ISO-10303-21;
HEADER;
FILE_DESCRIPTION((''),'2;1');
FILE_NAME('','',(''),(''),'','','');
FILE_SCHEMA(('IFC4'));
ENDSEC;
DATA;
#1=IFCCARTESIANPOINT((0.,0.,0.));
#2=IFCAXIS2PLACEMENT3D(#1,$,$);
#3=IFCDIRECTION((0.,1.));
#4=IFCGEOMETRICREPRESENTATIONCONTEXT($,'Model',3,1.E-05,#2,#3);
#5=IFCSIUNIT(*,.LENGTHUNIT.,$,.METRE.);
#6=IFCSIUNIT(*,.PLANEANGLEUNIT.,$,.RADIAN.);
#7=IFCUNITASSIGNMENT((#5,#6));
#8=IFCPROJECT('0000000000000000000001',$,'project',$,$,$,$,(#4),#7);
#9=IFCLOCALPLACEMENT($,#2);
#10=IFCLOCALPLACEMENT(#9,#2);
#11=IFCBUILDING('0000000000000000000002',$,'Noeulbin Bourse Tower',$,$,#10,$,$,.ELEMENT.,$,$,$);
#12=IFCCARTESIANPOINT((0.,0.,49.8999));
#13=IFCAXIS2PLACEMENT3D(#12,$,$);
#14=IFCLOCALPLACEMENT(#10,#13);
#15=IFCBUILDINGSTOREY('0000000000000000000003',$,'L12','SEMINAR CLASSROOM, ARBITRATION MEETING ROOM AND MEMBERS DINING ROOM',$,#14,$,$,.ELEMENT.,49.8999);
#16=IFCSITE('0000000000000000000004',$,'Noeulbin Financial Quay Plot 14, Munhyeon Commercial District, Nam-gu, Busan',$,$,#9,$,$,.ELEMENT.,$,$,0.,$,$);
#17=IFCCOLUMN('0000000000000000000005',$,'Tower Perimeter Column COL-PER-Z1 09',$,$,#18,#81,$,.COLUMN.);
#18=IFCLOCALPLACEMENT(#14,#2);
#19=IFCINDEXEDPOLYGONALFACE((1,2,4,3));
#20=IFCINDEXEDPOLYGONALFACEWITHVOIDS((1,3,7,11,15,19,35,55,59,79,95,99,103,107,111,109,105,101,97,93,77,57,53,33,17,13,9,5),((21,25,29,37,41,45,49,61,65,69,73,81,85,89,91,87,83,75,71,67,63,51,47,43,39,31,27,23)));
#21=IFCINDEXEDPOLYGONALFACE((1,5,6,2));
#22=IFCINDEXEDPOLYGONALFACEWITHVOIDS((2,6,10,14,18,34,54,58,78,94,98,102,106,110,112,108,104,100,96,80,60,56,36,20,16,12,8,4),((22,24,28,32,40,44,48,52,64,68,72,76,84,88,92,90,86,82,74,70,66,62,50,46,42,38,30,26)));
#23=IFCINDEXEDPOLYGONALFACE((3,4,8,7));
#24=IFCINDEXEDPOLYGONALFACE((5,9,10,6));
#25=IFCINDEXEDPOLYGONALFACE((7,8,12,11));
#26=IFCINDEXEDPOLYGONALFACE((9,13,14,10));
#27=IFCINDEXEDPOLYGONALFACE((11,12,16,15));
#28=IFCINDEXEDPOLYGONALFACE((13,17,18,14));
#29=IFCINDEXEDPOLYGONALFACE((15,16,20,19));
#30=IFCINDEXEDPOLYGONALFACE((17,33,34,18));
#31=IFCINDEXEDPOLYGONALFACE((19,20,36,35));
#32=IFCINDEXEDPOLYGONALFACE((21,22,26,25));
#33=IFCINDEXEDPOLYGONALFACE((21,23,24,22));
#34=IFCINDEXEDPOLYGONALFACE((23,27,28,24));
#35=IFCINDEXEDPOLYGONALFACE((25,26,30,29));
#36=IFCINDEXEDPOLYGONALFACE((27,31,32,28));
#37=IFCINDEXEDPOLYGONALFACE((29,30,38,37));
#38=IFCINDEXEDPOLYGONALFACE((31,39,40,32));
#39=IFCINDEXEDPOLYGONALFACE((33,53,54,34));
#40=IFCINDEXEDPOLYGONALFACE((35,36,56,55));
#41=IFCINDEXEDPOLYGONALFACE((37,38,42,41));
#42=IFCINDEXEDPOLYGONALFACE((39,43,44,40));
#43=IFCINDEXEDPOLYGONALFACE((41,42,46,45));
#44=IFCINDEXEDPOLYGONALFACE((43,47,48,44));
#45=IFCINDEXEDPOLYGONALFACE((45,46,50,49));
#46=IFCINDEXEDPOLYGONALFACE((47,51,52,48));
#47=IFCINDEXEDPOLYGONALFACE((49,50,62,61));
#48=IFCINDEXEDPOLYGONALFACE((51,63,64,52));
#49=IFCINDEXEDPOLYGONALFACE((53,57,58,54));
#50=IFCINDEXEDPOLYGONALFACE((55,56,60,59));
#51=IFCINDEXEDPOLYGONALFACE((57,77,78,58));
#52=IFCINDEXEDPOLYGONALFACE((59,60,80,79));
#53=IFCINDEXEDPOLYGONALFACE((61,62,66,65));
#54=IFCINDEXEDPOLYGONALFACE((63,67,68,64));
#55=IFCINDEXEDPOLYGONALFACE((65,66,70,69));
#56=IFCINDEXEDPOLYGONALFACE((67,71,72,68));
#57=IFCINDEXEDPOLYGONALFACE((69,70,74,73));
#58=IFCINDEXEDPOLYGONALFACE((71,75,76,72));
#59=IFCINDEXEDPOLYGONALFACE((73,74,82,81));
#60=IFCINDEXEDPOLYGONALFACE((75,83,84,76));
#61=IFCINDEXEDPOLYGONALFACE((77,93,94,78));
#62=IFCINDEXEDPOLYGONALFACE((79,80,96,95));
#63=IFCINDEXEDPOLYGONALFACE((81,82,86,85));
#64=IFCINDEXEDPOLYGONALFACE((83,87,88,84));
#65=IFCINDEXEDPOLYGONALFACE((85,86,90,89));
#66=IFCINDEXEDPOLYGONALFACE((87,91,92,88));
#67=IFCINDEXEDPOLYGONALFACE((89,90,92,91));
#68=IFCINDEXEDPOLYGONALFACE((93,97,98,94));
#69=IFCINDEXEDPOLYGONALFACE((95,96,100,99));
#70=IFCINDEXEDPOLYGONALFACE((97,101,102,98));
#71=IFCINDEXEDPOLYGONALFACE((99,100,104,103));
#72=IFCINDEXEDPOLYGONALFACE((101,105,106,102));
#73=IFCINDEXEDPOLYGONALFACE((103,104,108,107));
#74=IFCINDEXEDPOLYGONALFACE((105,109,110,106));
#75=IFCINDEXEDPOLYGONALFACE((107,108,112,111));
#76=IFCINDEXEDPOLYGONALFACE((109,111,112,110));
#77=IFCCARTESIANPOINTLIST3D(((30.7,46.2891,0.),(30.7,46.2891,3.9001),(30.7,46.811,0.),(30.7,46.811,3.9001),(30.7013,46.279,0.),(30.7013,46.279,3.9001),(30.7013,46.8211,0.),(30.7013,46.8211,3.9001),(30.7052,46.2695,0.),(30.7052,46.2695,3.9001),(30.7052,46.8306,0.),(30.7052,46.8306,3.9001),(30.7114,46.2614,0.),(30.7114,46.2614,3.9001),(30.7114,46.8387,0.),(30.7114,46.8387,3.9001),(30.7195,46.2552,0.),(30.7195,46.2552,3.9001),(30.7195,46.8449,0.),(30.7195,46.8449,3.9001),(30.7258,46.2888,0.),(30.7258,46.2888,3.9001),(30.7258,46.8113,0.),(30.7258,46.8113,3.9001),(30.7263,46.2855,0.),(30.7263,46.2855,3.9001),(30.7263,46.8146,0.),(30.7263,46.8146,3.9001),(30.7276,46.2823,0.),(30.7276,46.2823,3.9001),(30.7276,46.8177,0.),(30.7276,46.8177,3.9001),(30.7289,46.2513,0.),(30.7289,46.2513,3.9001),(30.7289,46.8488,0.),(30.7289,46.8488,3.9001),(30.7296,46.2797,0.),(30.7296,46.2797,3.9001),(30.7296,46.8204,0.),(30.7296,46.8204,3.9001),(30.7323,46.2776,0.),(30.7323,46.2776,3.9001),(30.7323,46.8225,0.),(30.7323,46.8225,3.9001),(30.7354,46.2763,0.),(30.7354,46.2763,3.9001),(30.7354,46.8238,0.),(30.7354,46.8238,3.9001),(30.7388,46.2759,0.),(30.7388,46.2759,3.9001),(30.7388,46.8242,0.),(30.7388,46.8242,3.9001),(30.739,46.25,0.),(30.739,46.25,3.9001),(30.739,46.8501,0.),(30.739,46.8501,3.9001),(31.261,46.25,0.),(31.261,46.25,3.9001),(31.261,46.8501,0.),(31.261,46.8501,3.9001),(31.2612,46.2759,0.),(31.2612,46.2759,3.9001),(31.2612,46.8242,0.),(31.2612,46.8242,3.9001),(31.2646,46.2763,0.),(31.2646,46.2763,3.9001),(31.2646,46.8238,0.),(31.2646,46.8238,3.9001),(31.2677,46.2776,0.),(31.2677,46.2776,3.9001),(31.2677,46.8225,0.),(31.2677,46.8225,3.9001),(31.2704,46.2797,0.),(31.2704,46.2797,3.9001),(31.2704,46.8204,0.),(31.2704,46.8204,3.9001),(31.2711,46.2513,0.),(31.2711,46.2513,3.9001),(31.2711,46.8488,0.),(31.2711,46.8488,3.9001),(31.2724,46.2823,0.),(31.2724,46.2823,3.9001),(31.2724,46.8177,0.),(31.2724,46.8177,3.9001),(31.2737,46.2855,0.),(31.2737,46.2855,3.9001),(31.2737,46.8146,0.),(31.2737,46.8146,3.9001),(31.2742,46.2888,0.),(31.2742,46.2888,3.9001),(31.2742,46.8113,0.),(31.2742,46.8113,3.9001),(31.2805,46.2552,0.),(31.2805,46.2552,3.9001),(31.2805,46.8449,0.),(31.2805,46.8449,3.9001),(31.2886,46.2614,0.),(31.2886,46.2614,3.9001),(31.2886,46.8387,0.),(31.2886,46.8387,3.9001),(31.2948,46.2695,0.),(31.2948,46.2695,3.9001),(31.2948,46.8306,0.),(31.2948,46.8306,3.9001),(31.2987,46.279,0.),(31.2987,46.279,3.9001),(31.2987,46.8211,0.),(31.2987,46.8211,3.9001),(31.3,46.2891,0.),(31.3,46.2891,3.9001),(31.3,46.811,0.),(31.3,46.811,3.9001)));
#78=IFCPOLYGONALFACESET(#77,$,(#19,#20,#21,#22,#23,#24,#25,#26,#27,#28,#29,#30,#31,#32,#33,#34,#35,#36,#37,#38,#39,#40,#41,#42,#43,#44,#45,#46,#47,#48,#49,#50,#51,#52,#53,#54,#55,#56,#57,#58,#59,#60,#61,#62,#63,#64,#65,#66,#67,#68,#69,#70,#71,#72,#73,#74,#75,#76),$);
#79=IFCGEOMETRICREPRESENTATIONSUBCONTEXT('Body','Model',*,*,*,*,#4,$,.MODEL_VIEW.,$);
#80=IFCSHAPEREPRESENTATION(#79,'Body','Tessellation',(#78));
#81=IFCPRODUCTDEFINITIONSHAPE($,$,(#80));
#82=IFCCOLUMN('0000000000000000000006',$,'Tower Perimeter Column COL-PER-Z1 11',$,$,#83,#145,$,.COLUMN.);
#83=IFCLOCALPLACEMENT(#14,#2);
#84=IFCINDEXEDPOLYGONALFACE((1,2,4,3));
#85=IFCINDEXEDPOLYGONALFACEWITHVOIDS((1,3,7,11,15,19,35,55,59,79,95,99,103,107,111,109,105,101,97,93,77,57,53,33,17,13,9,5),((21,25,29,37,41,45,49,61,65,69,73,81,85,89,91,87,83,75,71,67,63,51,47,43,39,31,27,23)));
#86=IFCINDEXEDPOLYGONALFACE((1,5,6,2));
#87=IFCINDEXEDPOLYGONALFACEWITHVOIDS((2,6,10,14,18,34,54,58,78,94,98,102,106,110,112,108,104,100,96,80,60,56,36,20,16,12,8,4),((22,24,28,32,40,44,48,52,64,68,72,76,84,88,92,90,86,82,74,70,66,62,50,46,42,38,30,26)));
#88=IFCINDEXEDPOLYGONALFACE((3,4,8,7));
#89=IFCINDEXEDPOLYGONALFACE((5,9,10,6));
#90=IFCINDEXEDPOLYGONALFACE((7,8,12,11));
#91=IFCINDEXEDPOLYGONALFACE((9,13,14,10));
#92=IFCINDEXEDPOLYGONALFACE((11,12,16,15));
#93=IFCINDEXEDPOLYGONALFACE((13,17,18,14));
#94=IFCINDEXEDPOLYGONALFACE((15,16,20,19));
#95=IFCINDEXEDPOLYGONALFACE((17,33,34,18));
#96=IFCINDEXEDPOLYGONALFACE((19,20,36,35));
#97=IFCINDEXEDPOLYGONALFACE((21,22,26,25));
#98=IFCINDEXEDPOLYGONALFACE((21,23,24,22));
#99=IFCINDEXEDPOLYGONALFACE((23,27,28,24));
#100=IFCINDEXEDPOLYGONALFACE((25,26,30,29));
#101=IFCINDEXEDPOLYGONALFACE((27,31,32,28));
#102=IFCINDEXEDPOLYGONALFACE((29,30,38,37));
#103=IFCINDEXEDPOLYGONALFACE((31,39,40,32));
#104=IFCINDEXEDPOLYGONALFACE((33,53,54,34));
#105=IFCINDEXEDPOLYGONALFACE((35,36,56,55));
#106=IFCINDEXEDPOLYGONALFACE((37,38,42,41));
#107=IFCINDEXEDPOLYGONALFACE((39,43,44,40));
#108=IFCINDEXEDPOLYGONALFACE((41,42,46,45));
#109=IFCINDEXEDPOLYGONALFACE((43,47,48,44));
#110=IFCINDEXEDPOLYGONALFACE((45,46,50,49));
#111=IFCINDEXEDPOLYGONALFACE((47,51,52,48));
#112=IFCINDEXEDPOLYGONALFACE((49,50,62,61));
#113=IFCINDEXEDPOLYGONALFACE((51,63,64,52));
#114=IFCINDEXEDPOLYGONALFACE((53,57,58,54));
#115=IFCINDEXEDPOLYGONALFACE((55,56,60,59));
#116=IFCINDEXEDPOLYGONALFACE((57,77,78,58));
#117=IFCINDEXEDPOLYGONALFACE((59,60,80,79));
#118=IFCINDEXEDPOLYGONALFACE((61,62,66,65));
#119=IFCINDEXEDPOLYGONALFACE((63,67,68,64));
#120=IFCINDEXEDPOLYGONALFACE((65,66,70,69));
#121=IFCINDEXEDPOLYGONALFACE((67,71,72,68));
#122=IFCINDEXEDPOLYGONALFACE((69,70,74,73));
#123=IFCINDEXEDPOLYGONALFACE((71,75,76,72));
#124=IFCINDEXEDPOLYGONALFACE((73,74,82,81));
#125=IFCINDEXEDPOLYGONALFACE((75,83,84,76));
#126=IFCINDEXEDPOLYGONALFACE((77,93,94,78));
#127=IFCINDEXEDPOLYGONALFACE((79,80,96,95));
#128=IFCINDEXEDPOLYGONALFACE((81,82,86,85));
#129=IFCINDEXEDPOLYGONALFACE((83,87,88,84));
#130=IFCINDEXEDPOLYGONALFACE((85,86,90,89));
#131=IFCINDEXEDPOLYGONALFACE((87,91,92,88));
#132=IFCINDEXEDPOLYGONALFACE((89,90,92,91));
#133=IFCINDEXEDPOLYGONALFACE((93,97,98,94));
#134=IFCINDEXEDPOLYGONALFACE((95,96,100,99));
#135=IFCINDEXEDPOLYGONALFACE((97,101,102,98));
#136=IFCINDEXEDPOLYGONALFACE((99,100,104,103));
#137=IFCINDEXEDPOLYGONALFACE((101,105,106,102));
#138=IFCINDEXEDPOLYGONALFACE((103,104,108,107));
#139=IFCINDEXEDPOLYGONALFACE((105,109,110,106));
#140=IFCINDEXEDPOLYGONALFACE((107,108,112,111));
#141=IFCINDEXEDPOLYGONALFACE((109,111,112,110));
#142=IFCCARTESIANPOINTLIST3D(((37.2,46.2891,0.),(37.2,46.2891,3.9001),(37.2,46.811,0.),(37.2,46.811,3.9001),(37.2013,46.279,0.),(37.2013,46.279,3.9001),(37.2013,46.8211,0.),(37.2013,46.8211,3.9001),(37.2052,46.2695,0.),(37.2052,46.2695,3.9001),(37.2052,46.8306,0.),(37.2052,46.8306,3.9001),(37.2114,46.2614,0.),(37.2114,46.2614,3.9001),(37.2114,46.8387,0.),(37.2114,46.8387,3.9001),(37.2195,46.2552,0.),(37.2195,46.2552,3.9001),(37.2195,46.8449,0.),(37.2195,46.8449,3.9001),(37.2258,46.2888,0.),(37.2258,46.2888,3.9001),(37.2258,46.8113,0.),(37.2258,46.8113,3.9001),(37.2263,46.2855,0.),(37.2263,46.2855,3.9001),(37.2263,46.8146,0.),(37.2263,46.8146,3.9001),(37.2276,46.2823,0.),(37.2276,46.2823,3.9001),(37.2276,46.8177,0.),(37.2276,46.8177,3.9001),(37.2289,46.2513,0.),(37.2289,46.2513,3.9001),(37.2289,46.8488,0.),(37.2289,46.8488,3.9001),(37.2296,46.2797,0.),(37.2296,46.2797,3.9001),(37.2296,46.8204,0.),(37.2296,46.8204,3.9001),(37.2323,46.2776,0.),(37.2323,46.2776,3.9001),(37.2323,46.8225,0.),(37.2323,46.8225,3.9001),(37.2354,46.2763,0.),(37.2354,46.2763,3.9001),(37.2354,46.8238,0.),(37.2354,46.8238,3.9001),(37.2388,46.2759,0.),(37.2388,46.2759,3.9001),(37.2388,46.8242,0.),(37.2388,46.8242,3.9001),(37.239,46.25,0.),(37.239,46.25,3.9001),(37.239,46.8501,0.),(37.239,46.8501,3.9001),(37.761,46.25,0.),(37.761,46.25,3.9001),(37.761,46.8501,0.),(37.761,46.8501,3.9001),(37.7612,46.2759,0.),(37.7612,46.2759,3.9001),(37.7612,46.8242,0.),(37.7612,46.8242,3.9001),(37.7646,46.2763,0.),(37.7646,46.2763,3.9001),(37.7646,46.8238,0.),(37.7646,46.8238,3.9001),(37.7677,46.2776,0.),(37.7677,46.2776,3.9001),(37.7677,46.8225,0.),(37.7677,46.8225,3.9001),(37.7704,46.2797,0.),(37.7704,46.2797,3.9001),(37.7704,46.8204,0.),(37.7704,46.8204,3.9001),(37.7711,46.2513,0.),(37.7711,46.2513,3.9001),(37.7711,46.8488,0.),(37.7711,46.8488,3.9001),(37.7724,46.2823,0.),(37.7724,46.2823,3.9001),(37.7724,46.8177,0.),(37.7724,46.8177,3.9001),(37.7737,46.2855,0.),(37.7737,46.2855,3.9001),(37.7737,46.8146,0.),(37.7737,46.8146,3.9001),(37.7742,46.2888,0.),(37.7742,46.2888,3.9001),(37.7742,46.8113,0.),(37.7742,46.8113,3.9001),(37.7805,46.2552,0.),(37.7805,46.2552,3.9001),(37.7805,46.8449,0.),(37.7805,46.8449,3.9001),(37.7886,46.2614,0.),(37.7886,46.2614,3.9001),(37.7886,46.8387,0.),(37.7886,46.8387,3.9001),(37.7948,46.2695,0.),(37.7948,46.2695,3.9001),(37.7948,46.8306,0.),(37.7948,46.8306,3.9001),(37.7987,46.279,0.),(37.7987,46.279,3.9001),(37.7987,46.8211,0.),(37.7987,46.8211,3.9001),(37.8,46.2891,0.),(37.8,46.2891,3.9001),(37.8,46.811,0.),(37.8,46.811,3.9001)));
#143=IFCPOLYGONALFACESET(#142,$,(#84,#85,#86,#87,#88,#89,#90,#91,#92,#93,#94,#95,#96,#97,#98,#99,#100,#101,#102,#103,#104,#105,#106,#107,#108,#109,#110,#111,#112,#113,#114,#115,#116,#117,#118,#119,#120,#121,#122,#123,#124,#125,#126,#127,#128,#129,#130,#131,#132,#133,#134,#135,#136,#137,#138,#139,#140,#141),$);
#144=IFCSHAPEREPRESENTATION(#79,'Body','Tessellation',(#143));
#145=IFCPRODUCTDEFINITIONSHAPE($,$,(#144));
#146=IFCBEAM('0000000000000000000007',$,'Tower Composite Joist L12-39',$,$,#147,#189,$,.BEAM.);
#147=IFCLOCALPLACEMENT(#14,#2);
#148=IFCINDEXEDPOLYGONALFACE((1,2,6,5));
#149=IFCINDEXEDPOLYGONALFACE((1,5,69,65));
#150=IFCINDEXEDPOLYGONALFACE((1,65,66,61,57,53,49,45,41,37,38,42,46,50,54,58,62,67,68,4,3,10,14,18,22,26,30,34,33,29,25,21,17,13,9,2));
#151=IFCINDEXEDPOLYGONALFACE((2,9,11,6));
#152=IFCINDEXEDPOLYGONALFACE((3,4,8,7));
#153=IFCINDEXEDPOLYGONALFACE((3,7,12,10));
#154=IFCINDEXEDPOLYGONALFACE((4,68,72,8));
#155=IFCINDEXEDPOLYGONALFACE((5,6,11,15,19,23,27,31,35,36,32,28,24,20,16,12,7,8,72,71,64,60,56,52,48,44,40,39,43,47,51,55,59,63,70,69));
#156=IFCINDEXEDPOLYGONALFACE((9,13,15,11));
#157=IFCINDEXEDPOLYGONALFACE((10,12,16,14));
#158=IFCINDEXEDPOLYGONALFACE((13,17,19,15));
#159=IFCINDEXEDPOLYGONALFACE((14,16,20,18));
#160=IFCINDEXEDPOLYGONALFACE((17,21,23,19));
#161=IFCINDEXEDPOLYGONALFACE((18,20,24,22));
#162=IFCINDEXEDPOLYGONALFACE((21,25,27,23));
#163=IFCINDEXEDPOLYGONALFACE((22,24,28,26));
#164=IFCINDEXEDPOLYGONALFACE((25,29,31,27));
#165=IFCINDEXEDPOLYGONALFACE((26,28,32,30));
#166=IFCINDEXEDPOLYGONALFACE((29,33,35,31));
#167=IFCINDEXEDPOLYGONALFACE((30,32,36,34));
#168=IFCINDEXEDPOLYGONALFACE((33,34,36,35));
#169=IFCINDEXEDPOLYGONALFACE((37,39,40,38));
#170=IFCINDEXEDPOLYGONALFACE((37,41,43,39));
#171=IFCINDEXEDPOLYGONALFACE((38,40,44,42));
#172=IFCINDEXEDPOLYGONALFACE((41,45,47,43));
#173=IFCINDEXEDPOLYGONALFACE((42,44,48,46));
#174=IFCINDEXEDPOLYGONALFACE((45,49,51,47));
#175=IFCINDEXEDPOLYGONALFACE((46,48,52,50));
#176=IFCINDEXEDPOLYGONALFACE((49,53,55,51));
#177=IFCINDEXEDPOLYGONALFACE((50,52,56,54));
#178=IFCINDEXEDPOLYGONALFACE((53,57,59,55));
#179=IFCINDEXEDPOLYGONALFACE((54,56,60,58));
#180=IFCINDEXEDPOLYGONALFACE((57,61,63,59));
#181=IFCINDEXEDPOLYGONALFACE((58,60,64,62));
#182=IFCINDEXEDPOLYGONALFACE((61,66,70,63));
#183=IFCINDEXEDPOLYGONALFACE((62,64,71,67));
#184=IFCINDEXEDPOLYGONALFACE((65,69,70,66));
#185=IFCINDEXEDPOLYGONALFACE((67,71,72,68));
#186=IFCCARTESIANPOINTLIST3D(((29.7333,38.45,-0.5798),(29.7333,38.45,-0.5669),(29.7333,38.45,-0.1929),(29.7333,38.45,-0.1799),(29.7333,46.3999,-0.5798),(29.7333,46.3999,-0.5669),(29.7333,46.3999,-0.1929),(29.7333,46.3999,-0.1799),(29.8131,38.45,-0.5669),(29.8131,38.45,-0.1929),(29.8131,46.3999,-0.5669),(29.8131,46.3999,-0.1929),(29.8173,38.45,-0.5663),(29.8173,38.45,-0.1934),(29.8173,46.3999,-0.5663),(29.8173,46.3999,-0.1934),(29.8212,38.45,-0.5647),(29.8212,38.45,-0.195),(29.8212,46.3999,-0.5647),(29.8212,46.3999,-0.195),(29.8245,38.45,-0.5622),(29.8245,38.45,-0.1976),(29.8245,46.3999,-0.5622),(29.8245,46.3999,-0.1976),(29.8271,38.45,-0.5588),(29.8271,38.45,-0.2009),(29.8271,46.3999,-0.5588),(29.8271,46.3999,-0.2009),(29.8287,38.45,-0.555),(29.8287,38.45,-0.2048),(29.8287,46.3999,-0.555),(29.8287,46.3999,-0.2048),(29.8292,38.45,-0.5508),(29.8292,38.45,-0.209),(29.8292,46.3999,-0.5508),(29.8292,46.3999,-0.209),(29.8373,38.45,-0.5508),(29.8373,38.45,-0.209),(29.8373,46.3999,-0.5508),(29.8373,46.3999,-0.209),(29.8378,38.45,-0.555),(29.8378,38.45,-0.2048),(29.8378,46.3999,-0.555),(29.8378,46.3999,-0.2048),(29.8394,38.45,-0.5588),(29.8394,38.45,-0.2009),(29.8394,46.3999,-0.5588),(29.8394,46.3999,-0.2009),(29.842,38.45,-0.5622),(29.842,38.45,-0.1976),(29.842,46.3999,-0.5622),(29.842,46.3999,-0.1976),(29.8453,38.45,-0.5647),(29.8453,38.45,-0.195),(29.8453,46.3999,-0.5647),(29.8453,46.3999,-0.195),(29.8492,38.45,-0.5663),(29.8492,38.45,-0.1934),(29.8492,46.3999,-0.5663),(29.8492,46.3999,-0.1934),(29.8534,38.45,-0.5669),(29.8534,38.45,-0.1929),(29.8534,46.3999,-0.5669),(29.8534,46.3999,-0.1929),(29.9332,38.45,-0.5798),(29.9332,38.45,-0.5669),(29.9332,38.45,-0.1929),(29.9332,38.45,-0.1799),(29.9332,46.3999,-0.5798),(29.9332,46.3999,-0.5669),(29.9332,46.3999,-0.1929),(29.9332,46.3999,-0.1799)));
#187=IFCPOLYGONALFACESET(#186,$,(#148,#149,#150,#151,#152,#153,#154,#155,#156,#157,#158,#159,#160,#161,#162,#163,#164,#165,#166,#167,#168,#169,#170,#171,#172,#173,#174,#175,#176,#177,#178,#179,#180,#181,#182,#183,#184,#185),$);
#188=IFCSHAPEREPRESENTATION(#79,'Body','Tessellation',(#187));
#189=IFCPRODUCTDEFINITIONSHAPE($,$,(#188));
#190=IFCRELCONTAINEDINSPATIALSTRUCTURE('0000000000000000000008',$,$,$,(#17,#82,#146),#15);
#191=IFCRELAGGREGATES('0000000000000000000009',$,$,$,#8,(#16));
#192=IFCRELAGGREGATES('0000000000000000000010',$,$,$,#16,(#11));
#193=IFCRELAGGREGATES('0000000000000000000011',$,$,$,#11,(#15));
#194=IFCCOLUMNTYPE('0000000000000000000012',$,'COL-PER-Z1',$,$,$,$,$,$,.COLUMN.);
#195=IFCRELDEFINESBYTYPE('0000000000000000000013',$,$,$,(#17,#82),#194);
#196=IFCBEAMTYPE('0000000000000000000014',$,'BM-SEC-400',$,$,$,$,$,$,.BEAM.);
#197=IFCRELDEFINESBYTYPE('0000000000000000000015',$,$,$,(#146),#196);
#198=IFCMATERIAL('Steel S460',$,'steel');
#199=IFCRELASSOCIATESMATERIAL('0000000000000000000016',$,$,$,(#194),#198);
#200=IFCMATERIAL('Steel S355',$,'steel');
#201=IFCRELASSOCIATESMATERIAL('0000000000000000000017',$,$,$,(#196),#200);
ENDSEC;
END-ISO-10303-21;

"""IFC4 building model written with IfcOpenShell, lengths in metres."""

from ifc_helpers import new_model, si_unit, direction, frame, origin, origin_2d, place, context, subcontext, project, spatial, hollow_rectangle, i_section, extrude, material, material_profile, profile_set, type_object, element, save


model = new_model("IFC4")

# Units and contexts
model_context = context("Model", 3, precision=1e-05, world=origin(), true_north=direction((0.0, 1.0)))
body_context = subcontext(model_context, "Body", "Model", "MODEL_VIEW")
ifc_project = project(units=[si_unit("LENGTHUNIT", "METRE"), si_unit("PLANEANGLEUNIT", "RADIAN")], contexts=[model_context])

# Site, building, storey
site_placement = place(None, origin())
site = spatial("IfcSite", under=ifc_project, at=site_placement, Name="Noeulbin Financial Quay Plot 14, Munhyeon Commercial District, Nam-gu, Busan", CompositionType="ELEMENT", RefElevation=0.0)
building_placement = place(site_placement, origin())
building = spatial("IfcBuilding", under=site, at=building_placement, Name="Noeulbin Bourse Tower", CompositionType="ELEMENT")
storey_placement = place(building_placement, frame((0.0, 0.0, 49.8999)))
storey = spatial("IfcBuildingStorey", under=building, at=storey_placement, Name="L12", Description="SEMINAR CLASSROOM, ARBITRATION MEETING ROOM AND MEMBERS DINING ROOM", CompositionType="ELEMENT", Elevation=49.8999)

# Columns
ifc_material_1 = material(Name="Steel S460", Category="steel")
ifc_material_profile_1 = material_profile(ifc_material_1, hollow_rectangle(XDim=0.6001, YDim=0.6001, WallThickness=0.0259, InnerFilletRadius=0.0129, OuterFilletRadius=0.0391, at=origin_2d()), Name="BOX-600x600x26", Category="LoadBearing")
ifc_profile_set_1 = profile_set([ifc_material_profile_1], Name="Steel S460")
column_type = type_object("IfcColumnType", Name="COL-PER-Z1", PredefinedType="COLUMN", material=ifc_profile_set_1)
for number, where, z_axis, x_axis, name in (
    (1, (31.0, 46.55, 0.0), (0.0, 0.0, 1.0), (1.0, 0.0, 0.0), "Tower Perimeter Column COL-PER-Z1 09"),
    (2, (37.5, 46.55, 0.0), (0.0, 0.0, 1.0), (1.0, 0.0, 0.0), "Tower Perimeter Column COL-PER-Z1 11"),
):
    element("IfcColumn", number, at=place(storey_placement, frame(where, z_axis=z_axis, x_axis=x_axis)), inside=storey, type_object=column_type, Name=name, PredefinedType="COLUMN", context=body_context, shape_type="SweptSolid", body=[
        extrude(hollow_rectangle(XDim=0.6001, YDim=0.6001, WallThickness=0.0259, InnerFilletRadius=0.0129, OuterFilletRadius=0.0391, at=origin_2d()), origin(), (0.0, 0.0, 1.0), 3.9001),
    ])

# Beam
ifc_material_2 = material(Name="Steel S355", Category="steel")
ifc_material_profile_2 = material_profile(ifc_material_2, i_section(OverallWidth=0.2, OverallDepth=0.3999, WebThickness=0.0081, FlangeThickness=0.0129, FilletRadius=0.0161, at=origin_2d()), Name="H-400x200x8x13", Category="LoadBearing")
ifc_profile_set_2 = profile_set([ifc_material_profile_2], Name="Steel S355")
beam_type_1 = type_object("IfcBeamType", Name="BM-SEC-400", PredefinedType="BEAM", material=ifc_profile_set_2)
for number, where, z_axis, x_axis, name in (
    (3, (29.8333, 38.45, -0.3799), (0.0, 1.0, 0.0), (-1.0, 0.0, 0.0), "Tower Composite Joist L12-39"),
):
    element("IfcBeam", number, at=place(storey_placement, frame(where, z_axis=z_axis, x_axis=x_axis)), inside=storey, type_object=beam_type_1, Name=name, PredefinedType="BEAM", context=body_context, shape_type="SweptSolid", body=[
        extrude(i_section(OverallWidth=0.2, OverallDepth=0.3999, WebThickness=0.0081, FlangeThickness=0.0129, FilletRadius=0.0161, at=origin_2d()), origin(), (0.0, 0.0, 1.0), 7.95),
    ])

save(model, "model.ifc")
